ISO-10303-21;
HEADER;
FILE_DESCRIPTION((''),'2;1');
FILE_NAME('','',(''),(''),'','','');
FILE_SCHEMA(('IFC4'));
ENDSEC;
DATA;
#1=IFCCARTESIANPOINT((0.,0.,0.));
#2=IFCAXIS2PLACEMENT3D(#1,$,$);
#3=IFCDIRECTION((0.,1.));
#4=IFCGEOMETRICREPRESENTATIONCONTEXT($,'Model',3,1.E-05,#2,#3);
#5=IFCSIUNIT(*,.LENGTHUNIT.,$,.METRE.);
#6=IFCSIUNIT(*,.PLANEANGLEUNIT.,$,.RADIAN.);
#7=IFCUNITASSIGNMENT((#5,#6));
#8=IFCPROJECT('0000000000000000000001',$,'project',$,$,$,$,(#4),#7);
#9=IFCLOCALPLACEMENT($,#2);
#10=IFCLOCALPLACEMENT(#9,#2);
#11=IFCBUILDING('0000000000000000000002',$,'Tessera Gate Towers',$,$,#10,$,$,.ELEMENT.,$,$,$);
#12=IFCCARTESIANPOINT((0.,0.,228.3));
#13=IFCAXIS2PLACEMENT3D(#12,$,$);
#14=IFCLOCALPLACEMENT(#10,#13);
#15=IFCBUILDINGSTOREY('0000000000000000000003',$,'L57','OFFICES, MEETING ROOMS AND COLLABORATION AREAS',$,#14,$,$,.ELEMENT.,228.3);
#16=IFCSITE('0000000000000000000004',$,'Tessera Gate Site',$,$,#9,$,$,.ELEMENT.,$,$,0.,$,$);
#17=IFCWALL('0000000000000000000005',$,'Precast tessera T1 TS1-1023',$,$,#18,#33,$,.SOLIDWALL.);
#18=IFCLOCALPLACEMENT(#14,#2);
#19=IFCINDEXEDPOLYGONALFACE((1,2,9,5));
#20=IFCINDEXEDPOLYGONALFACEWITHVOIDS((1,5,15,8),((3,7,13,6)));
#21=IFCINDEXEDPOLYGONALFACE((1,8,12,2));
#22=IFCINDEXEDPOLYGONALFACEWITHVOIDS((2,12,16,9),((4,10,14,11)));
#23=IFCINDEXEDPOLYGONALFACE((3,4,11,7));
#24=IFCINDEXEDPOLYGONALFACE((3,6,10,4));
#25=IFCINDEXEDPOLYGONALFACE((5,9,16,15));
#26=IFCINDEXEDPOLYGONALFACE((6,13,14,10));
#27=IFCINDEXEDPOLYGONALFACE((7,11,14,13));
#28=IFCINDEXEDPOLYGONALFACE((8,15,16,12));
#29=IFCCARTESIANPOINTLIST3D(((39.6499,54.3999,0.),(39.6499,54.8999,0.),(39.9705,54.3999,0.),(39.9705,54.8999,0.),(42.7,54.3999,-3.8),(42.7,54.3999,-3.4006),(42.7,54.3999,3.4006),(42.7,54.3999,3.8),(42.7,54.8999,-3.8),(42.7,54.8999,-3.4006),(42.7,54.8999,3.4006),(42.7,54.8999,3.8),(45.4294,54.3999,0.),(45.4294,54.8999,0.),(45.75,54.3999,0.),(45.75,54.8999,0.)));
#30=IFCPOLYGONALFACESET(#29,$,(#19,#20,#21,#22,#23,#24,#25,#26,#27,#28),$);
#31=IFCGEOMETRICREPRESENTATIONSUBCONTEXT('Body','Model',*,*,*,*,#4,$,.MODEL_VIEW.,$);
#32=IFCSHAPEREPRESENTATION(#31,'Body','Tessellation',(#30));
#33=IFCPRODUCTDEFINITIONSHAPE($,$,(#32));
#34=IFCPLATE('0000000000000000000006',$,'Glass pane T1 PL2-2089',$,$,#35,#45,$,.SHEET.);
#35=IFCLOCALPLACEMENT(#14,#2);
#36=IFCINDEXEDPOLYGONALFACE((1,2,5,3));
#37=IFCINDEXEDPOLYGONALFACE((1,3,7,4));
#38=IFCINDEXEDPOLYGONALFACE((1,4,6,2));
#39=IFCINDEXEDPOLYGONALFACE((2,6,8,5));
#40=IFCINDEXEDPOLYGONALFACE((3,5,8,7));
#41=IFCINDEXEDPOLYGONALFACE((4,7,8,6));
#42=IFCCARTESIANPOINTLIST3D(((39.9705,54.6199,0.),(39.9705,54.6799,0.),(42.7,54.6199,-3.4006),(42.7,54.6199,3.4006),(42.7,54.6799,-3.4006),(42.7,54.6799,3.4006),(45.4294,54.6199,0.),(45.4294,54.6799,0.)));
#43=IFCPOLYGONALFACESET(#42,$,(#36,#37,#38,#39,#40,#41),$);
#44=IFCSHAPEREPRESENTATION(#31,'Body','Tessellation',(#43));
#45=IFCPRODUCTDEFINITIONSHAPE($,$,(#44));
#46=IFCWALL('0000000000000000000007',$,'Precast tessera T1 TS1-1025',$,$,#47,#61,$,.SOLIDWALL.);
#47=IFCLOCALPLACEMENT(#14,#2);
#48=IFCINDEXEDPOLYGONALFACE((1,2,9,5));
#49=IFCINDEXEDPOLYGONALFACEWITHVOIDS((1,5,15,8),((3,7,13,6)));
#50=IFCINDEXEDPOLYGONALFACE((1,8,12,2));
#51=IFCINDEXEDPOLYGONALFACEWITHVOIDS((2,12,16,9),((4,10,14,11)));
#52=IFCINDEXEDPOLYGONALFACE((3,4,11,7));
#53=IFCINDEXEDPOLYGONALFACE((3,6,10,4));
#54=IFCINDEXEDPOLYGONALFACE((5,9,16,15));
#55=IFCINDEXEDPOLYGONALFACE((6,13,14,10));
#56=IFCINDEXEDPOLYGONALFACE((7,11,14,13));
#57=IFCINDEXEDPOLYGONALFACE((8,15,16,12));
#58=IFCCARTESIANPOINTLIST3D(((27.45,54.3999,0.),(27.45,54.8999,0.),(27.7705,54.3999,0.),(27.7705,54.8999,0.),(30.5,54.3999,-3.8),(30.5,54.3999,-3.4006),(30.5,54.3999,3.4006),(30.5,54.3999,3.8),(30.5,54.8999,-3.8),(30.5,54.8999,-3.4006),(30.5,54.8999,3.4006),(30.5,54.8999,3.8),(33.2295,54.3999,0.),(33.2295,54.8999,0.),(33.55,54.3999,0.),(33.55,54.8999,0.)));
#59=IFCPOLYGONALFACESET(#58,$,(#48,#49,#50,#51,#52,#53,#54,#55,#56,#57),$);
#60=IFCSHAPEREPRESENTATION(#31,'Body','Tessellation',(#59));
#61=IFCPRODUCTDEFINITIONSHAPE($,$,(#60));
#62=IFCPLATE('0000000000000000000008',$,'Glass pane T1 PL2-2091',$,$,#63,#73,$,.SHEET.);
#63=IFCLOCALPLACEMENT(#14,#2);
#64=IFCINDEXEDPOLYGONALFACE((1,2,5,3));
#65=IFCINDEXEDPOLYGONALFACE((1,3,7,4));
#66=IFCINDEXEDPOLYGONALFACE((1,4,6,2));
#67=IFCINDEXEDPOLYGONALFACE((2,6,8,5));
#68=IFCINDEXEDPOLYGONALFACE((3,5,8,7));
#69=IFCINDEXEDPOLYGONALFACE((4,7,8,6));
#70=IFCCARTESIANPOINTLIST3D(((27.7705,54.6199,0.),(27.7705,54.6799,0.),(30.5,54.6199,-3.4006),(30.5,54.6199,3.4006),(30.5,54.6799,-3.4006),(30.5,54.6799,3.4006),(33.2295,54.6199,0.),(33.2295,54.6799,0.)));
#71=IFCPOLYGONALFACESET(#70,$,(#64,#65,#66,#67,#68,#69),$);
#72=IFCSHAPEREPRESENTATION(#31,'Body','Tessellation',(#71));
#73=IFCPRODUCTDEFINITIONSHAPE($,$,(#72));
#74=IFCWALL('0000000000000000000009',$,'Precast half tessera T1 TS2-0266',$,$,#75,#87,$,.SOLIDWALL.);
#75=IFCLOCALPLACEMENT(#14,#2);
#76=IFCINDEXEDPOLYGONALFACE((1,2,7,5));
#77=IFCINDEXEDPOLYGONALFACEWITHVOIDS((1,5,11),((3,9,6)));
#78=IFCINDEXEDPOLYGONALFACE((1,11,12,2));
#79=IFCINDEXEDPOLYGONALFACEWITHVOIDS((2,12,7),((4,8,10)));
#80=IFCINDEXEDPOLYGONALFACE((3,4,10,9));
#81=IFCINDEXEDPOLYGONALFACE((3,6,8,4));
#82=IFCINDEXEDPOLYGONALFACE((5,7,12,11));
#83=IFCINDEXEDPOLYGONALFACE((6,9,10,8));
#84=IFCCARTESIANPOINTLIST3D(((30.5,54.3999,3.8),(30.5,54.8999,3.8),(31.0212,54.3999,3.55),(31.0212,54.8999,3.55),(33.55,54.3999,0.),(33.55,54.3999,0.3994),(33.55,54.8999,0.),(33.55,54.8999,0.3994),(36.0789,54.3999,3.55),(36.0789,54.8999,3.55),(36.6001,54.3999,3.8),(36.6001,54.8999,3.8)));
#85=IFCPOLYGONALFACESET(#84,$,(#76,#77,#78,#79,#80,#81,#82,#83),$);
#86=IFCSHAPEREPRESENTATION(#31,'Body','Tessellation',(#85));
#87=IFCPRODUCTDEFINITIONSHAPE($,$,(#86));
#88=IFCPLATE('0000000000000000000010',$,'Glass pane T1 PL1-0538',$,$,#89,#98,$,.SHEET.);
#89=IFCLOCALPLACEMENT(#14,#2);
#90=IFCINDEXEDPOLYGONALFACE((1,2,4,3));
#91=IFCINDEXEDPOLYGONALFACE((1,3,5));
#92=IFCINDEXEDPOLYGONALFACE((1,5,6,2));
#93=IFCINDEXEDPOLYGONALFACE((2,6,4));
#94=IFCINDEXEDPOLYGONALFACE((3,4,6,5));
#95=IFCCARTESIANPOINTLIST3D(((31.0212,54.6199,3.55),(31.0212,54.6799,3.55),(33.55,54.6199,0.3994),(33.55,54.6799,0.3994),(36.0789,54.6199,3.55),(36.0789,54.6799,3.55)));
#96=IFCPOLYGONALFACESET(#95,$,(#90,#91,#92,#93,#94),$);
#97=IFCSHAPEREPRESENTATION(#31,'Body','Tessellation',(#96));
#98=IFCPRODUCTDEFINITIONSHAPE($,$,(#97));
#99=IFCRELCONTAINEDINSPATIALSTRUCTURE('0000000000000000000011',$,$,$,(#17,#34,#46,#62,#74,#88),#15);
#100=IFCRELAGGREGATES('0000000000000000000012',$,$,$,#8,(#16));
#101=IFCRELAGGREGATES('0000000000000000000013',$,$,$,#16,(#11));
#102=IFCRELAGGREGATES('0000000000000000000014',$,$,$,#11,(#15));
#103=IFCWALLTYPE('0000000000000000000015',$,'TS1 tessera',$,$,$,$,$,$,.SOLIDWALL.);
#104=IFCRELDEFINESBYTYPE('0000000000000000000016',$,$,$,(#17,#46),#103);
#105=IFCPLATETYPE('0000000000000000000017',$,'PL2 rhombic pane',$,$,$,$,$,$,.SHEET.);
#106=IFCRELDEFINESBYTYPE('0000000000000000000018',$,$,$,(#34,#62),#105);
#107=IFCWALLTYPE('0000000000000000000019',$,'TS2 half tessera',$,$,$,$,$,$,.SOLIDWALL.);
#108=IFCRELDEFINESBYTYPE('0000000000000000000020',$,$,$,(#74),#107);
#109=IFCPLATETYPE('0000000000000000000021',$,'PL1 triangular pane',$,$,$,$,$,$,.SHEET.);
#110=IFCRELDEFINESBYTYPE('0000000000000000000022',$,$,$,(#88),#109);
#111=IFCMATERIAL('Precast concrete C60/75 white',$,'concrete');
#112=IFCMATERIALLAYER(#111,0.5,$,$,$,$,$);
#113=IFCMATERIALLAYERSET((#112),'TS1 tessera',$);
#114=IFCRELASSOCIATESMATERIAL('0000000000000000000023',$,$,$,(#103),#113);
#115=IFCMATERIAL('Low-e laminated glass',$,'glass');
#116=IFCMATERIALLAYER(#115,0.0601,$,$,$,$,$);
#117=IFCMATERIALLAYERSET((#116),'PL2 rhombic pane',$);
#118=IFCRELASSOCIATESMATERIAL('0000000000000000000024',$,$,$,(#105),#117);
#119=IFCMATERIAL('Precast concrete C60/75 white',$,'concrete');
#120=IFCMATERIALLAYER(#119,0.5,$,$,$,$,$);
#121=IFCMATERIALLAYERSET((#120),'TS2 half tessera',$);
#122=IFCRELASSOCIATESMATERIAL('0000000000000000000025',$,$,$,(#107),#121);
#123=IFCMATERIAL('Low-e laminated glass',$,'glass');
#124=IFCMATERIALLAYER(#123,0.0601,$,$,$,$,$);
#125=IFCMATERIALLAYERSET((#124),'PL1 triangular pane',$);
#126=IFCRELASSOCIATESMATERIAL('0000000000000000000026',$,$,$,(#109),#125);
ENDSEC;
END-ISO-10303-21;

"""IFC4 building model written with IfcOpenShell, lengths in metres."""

from ifc_helpers import new_model, si_unit, direction, frame, origin, place, context, subcontext, project, spatial, polyline, outline, extrude, source, transform, mapped, material, layer, layer_set, type_object, element, fill, save


model = new_model("IFC4")

# Units and contexts
model_context = context("Model", 3, precision=1e-05, world=origin(), true_north=direction((0.0, 1.0)))
body_context = subcontext(model_context, "Body", "Model", "MODEL_VIEW")
ifc_project = project(units=[si_unit("LENGTHUNIT", "METRE"), si_unit("PLANEANGLEUNIT", "RADIAN")], contexts=[model_context])

# Site, building, storey
site_placement = place(None, origin())
site = spatial("IfcSite", under=ifc_project, at=site_placement, Name="Tessera Gate Site", CompositionType="ELEMENT", RefElevation=0.0)
building_placement = place(site_placement, origin())
building = spatial("IfcBuilding", under=site, at=building_placement, Name="Tessera Gate Towers", CompositionType="ELEMENT")
storey_placement = place(building_placement, frame((0.0, 0.0, 228.3)))
storey = spatial("IfcBuildingStorey", under=building, at=storey_placement, Name="L57", Description="OFFICES, MEETING ROOMS AND COLLABORATION AREAS", CompositionType="ELEMENT", Elevation=228.3)

# Walls, openings, plates
ifc_material_1 = material(Name="Precast concrete C60/75 white", Category="concrete")
ifc_layer_1 = layer(ifc_material_1, 0.5)
ifc_layer_set_1 = layer_set([ifc_layer_1], Name="TS1 tessera")
wall_type_1 = type_object("IfcWallType", Name="TS1 tessera", PredefinedType="SOLIDWALL", material=ifc_layer_set_1)
shared_shape_1 = source(origin(), body_context, "Body", "SweptSolid", [
    extrude(outline(polyline([(3.05, 0.0), (6.1001, 3.8), (3.05, 7.6001), (0.0, 3.8), (3.05, 0.0)])), frame((0.0, 0.25, 0.0), z_axis=(0.0, -1.0, 0.0), x_axis=(1.0, 0.0, 0.0)), (0.0, 0.0, 1.0), 0.5),
])
wall_1_placement = place(storey_placement, frame((45.75, 54.6499, -3.8), z_axis=(0.0, 0.0, 1.0), x_axis=(-1.0, 0.0, 0.0)))
wall_1 = element("IfcWall", 1, at=wall_1_placement, inside=storey, type_object=wall_type_1, Name="Precast tessera T1 TS1-1023", PredefinedType="SOLIDWALL", context=body_context, shape_type="MappedRepresentation", body=[
    mapped(shared_shape_1, transform((0.0, 0.0, 0.0), scale=1.0)),
])
shared_shape_2 = source(origin(), body_context, "Body", "SweptSolid", [
    extrude(outline(polyline([(3.05, 0.3994), (5.7795, 3.8), (3.05, 7.2007), (0.3206, 3.8), (3.05, 0.3994)])), frame((0.0, 0.26, 0.0), z_axis=(0.0, -1.0, 0.0), x_axis=(1.0, 0.0, 0.0)), (0.0, 0.0, 1.0), 0.52),
])
opening_1_placement = place(wall_1_placement, origin())
opening_1 = element("IfcOpeningElement", 2, at=opening_1_placement, cuts=wall_1, PredefinedType="OPENING", context=body_context, shape_type="MappedRepresentation", body=[
    mapped(shared_shape_2, transform((0.0, 0.0, 0.0), scale=1.0)),
])
ifc_material_2 = material(Name="Low-e laminated glass", Category="glass")
ifc_layer_2 = layer(ifc_material_2, 0.0601)
ifc_layer_set_2 = layer_set([ifc_layer_2], Name="PL2 rhombic pane")
plate_type_1 = type_object("IfcPlateType", Name="PL2 rhombic pane", PredefinedType="SHEET", material=ifc_layer_set_2)
shared_shape_3 = source(origin(), body_context, "Body", "SweptSolid", [
    extrude(outline(polyline([(3.05, 0.3994), (5.7795, 3.8), (3.05, 7.2007), (0.3206, 3.8), (3.05, 0.3994)])), frame((0.0, 0.03, 0.0), z_axis=(0.0, -1.0, 0.0), x_axis=(1.0, 0.0, 0.0)), (0.0, 0.0, 1.0), 0.0601),
])
plate_1_placement = place(opening_1_placement, origin())
plate_1 = element("IfcPlate", 3, at=plate_1_placement, inside=storey, type_object=plate_type_1, Name="Glass pane T1 PL2-2089", PredefinedType="SHEET", context=body_context, shape_type="MappedRepresentation", body=[
    mapped(shared_shape_3, transform((0.0, 0.0, 0.0), scale=1.0)),
])
fill(opening_1, plate_1)
wall_2_placement = place(storey_placement, frame((33.55, 54.6499, -3.8), z_axis=(0.0, 0.0, 1.0), x_axis=(-1.0, 0.0, 0.0)))
wall_2 = element("IfcWall", 4, at=wall_2_placement, inside=storey, type_object=wall_type_1, Name="Precast tessera T1 TS1-1025", PredefinedType="SOLIDWALL", context=body_context, shape_type="MappedRepresentation", body=[
    mapped(shared_shape_1, transform((0.0, 0.0, 0.0), scale=1.0)),
])
opening_2_placement = place(wall_2_placement, origin())
opening_2 = element("IfcOpeningElement", 5, at=opening_2_placement, cuts=wall_2, PredefinedType="OPENING", context=body_context, shape_type="MappedRepresentation", body=[
    mapped(shared_shape_2, transform((0.0, 0.0, 0.0), scale=1.0)),
])
plate_2_placement = place(opening_2_placement, origin())
plate_2 = element("IfcPlate", 6, at=plate_2_placement, inside=storey, type_object=plate_type_1, Name="Glass pane T1 PL2-2091", PredefinedType="SHEET", context=body_context, shape_type="MappedRepresentation", body=[
    mapped(shared_shape_3, transform((0.0, 0.0, 0.0), scale=1.0)),
])
fill(opening_2, plate_2)
ifc_material_3 = material(Name="Precast concrete C60/75 white", Category="concrete")
ifc_layer_3 = layer(ifc_material_3, 0.5)
ifc_layer_set_3 = layer_set([ifc_layer_3], Name="TS2 half tessera")
wall_type_2 = type_object("IfcWallType", Name="TS2 half tessera", PredefinedType="SOLIDWALL", material=ifc_layer_set_3)
shared_shape_4 = source(origin(), body_context, "Body", "SweptSolid", [
    extrude(outline(polyline([(3.05, 0.0), (6.1001, 3.8), (0.0, 3.8), (3.05, 0.0)])), frame((0.0, 0.25, 0.0), z_axis=(0.0, -1.0, 0.0), x_axis=(1.0, 0.0, 0.0)), (0.0, 0.0, 1.0), 0.5),
])
wall_3_placement = place(storey_placement, frame((36.6001, 54.6499, 0.0), z_axis=(0.0, 0.0, 1.0), x_axis=(-1.0, 0.0, 0.0)))
wall_3 = element("IfcWall", 7, at=wall_3_placement, inside=storey, type_object=wall_type_2, Name="Precast half tessera T1 TS2-0266", PredefinedType="SOLIDWALL", context=body_context, shape_type="MappedRepresentation", body=[
    mapped(shared_shape_4, transform((0.0, 0.0, 0.0), scale=1.0)),
])
shared_shape_5 = source(origin(), body_context, "Body", "SweptSolid", [
    extrude(outline(polyline([(3.05, 0.3994), (5.5789, 3.55), (0.5212, 3.55), (3.05, 0.3994)])), frame((0.0, 0.26, 0.0), z_axis=(0.0, -1.0, 0.0), x_axis=(1.0, 0.0, 0.0)), (0.0, 0.0, 1.0), 0.52),
])
opening_3_placement = place(wall_3_placement, origin())
opening_3 = element("IfcOpeningElement", 8, at=opening_3_placement, cuts=wall_3, PredefinedType="OPENING", context=body_context, shape_type="MappedRepresentation", body=[
    mapped(shared_shape_5, transform((0.0, 0.0, 0.0), scale=1.0)),
])
ifc_material_4 = material(Name="Low-e laminated glass", Category="glass")
ifc_layer_4 = layer(ifc_material_4, 0.0601)
ifc_layer_set_4 = layer_set([ifc_layer_4], Name="PL1 triangular pane")
plate_type_2 = type_object("IfcPlateType", Name="PL1 triangular pane", PredefinedType="SHEET", material=ifc_layer_set_4)
shared_shape_6 = source(origin(), body_context, "Body", "SweptSolid", [
    extrude(outline(polyline([(3.05, 0.3994), (5.5789, 3.55), (0.5212, 3.55), (3.05, 0.3994)])), frame((0.0, 0.03, 0.0), z_axis=(0.0, -1.0, 0.0), x_axis=(1.0, 0.0, 0.0)), (0.0, 0.0, 1.0), 0.0601),
])
plate_3_placement = place(opening_3_placement, origin())
plate_3 = element("IfcPlate", 9, at=plate_3_placement, inside=storey, type_object=plate_type_2, Name="Glass pane T1 PL1-0538", PredefinedType="SHEET", context=body_context, shape_type="MappedRepresentation", body=[
    mapped(shared_shape_6, transform((0.0, 0.0, 0.0), scale=1.0)),
])
fill(opening_3, plate_3)

save(model, "model.ifc")
